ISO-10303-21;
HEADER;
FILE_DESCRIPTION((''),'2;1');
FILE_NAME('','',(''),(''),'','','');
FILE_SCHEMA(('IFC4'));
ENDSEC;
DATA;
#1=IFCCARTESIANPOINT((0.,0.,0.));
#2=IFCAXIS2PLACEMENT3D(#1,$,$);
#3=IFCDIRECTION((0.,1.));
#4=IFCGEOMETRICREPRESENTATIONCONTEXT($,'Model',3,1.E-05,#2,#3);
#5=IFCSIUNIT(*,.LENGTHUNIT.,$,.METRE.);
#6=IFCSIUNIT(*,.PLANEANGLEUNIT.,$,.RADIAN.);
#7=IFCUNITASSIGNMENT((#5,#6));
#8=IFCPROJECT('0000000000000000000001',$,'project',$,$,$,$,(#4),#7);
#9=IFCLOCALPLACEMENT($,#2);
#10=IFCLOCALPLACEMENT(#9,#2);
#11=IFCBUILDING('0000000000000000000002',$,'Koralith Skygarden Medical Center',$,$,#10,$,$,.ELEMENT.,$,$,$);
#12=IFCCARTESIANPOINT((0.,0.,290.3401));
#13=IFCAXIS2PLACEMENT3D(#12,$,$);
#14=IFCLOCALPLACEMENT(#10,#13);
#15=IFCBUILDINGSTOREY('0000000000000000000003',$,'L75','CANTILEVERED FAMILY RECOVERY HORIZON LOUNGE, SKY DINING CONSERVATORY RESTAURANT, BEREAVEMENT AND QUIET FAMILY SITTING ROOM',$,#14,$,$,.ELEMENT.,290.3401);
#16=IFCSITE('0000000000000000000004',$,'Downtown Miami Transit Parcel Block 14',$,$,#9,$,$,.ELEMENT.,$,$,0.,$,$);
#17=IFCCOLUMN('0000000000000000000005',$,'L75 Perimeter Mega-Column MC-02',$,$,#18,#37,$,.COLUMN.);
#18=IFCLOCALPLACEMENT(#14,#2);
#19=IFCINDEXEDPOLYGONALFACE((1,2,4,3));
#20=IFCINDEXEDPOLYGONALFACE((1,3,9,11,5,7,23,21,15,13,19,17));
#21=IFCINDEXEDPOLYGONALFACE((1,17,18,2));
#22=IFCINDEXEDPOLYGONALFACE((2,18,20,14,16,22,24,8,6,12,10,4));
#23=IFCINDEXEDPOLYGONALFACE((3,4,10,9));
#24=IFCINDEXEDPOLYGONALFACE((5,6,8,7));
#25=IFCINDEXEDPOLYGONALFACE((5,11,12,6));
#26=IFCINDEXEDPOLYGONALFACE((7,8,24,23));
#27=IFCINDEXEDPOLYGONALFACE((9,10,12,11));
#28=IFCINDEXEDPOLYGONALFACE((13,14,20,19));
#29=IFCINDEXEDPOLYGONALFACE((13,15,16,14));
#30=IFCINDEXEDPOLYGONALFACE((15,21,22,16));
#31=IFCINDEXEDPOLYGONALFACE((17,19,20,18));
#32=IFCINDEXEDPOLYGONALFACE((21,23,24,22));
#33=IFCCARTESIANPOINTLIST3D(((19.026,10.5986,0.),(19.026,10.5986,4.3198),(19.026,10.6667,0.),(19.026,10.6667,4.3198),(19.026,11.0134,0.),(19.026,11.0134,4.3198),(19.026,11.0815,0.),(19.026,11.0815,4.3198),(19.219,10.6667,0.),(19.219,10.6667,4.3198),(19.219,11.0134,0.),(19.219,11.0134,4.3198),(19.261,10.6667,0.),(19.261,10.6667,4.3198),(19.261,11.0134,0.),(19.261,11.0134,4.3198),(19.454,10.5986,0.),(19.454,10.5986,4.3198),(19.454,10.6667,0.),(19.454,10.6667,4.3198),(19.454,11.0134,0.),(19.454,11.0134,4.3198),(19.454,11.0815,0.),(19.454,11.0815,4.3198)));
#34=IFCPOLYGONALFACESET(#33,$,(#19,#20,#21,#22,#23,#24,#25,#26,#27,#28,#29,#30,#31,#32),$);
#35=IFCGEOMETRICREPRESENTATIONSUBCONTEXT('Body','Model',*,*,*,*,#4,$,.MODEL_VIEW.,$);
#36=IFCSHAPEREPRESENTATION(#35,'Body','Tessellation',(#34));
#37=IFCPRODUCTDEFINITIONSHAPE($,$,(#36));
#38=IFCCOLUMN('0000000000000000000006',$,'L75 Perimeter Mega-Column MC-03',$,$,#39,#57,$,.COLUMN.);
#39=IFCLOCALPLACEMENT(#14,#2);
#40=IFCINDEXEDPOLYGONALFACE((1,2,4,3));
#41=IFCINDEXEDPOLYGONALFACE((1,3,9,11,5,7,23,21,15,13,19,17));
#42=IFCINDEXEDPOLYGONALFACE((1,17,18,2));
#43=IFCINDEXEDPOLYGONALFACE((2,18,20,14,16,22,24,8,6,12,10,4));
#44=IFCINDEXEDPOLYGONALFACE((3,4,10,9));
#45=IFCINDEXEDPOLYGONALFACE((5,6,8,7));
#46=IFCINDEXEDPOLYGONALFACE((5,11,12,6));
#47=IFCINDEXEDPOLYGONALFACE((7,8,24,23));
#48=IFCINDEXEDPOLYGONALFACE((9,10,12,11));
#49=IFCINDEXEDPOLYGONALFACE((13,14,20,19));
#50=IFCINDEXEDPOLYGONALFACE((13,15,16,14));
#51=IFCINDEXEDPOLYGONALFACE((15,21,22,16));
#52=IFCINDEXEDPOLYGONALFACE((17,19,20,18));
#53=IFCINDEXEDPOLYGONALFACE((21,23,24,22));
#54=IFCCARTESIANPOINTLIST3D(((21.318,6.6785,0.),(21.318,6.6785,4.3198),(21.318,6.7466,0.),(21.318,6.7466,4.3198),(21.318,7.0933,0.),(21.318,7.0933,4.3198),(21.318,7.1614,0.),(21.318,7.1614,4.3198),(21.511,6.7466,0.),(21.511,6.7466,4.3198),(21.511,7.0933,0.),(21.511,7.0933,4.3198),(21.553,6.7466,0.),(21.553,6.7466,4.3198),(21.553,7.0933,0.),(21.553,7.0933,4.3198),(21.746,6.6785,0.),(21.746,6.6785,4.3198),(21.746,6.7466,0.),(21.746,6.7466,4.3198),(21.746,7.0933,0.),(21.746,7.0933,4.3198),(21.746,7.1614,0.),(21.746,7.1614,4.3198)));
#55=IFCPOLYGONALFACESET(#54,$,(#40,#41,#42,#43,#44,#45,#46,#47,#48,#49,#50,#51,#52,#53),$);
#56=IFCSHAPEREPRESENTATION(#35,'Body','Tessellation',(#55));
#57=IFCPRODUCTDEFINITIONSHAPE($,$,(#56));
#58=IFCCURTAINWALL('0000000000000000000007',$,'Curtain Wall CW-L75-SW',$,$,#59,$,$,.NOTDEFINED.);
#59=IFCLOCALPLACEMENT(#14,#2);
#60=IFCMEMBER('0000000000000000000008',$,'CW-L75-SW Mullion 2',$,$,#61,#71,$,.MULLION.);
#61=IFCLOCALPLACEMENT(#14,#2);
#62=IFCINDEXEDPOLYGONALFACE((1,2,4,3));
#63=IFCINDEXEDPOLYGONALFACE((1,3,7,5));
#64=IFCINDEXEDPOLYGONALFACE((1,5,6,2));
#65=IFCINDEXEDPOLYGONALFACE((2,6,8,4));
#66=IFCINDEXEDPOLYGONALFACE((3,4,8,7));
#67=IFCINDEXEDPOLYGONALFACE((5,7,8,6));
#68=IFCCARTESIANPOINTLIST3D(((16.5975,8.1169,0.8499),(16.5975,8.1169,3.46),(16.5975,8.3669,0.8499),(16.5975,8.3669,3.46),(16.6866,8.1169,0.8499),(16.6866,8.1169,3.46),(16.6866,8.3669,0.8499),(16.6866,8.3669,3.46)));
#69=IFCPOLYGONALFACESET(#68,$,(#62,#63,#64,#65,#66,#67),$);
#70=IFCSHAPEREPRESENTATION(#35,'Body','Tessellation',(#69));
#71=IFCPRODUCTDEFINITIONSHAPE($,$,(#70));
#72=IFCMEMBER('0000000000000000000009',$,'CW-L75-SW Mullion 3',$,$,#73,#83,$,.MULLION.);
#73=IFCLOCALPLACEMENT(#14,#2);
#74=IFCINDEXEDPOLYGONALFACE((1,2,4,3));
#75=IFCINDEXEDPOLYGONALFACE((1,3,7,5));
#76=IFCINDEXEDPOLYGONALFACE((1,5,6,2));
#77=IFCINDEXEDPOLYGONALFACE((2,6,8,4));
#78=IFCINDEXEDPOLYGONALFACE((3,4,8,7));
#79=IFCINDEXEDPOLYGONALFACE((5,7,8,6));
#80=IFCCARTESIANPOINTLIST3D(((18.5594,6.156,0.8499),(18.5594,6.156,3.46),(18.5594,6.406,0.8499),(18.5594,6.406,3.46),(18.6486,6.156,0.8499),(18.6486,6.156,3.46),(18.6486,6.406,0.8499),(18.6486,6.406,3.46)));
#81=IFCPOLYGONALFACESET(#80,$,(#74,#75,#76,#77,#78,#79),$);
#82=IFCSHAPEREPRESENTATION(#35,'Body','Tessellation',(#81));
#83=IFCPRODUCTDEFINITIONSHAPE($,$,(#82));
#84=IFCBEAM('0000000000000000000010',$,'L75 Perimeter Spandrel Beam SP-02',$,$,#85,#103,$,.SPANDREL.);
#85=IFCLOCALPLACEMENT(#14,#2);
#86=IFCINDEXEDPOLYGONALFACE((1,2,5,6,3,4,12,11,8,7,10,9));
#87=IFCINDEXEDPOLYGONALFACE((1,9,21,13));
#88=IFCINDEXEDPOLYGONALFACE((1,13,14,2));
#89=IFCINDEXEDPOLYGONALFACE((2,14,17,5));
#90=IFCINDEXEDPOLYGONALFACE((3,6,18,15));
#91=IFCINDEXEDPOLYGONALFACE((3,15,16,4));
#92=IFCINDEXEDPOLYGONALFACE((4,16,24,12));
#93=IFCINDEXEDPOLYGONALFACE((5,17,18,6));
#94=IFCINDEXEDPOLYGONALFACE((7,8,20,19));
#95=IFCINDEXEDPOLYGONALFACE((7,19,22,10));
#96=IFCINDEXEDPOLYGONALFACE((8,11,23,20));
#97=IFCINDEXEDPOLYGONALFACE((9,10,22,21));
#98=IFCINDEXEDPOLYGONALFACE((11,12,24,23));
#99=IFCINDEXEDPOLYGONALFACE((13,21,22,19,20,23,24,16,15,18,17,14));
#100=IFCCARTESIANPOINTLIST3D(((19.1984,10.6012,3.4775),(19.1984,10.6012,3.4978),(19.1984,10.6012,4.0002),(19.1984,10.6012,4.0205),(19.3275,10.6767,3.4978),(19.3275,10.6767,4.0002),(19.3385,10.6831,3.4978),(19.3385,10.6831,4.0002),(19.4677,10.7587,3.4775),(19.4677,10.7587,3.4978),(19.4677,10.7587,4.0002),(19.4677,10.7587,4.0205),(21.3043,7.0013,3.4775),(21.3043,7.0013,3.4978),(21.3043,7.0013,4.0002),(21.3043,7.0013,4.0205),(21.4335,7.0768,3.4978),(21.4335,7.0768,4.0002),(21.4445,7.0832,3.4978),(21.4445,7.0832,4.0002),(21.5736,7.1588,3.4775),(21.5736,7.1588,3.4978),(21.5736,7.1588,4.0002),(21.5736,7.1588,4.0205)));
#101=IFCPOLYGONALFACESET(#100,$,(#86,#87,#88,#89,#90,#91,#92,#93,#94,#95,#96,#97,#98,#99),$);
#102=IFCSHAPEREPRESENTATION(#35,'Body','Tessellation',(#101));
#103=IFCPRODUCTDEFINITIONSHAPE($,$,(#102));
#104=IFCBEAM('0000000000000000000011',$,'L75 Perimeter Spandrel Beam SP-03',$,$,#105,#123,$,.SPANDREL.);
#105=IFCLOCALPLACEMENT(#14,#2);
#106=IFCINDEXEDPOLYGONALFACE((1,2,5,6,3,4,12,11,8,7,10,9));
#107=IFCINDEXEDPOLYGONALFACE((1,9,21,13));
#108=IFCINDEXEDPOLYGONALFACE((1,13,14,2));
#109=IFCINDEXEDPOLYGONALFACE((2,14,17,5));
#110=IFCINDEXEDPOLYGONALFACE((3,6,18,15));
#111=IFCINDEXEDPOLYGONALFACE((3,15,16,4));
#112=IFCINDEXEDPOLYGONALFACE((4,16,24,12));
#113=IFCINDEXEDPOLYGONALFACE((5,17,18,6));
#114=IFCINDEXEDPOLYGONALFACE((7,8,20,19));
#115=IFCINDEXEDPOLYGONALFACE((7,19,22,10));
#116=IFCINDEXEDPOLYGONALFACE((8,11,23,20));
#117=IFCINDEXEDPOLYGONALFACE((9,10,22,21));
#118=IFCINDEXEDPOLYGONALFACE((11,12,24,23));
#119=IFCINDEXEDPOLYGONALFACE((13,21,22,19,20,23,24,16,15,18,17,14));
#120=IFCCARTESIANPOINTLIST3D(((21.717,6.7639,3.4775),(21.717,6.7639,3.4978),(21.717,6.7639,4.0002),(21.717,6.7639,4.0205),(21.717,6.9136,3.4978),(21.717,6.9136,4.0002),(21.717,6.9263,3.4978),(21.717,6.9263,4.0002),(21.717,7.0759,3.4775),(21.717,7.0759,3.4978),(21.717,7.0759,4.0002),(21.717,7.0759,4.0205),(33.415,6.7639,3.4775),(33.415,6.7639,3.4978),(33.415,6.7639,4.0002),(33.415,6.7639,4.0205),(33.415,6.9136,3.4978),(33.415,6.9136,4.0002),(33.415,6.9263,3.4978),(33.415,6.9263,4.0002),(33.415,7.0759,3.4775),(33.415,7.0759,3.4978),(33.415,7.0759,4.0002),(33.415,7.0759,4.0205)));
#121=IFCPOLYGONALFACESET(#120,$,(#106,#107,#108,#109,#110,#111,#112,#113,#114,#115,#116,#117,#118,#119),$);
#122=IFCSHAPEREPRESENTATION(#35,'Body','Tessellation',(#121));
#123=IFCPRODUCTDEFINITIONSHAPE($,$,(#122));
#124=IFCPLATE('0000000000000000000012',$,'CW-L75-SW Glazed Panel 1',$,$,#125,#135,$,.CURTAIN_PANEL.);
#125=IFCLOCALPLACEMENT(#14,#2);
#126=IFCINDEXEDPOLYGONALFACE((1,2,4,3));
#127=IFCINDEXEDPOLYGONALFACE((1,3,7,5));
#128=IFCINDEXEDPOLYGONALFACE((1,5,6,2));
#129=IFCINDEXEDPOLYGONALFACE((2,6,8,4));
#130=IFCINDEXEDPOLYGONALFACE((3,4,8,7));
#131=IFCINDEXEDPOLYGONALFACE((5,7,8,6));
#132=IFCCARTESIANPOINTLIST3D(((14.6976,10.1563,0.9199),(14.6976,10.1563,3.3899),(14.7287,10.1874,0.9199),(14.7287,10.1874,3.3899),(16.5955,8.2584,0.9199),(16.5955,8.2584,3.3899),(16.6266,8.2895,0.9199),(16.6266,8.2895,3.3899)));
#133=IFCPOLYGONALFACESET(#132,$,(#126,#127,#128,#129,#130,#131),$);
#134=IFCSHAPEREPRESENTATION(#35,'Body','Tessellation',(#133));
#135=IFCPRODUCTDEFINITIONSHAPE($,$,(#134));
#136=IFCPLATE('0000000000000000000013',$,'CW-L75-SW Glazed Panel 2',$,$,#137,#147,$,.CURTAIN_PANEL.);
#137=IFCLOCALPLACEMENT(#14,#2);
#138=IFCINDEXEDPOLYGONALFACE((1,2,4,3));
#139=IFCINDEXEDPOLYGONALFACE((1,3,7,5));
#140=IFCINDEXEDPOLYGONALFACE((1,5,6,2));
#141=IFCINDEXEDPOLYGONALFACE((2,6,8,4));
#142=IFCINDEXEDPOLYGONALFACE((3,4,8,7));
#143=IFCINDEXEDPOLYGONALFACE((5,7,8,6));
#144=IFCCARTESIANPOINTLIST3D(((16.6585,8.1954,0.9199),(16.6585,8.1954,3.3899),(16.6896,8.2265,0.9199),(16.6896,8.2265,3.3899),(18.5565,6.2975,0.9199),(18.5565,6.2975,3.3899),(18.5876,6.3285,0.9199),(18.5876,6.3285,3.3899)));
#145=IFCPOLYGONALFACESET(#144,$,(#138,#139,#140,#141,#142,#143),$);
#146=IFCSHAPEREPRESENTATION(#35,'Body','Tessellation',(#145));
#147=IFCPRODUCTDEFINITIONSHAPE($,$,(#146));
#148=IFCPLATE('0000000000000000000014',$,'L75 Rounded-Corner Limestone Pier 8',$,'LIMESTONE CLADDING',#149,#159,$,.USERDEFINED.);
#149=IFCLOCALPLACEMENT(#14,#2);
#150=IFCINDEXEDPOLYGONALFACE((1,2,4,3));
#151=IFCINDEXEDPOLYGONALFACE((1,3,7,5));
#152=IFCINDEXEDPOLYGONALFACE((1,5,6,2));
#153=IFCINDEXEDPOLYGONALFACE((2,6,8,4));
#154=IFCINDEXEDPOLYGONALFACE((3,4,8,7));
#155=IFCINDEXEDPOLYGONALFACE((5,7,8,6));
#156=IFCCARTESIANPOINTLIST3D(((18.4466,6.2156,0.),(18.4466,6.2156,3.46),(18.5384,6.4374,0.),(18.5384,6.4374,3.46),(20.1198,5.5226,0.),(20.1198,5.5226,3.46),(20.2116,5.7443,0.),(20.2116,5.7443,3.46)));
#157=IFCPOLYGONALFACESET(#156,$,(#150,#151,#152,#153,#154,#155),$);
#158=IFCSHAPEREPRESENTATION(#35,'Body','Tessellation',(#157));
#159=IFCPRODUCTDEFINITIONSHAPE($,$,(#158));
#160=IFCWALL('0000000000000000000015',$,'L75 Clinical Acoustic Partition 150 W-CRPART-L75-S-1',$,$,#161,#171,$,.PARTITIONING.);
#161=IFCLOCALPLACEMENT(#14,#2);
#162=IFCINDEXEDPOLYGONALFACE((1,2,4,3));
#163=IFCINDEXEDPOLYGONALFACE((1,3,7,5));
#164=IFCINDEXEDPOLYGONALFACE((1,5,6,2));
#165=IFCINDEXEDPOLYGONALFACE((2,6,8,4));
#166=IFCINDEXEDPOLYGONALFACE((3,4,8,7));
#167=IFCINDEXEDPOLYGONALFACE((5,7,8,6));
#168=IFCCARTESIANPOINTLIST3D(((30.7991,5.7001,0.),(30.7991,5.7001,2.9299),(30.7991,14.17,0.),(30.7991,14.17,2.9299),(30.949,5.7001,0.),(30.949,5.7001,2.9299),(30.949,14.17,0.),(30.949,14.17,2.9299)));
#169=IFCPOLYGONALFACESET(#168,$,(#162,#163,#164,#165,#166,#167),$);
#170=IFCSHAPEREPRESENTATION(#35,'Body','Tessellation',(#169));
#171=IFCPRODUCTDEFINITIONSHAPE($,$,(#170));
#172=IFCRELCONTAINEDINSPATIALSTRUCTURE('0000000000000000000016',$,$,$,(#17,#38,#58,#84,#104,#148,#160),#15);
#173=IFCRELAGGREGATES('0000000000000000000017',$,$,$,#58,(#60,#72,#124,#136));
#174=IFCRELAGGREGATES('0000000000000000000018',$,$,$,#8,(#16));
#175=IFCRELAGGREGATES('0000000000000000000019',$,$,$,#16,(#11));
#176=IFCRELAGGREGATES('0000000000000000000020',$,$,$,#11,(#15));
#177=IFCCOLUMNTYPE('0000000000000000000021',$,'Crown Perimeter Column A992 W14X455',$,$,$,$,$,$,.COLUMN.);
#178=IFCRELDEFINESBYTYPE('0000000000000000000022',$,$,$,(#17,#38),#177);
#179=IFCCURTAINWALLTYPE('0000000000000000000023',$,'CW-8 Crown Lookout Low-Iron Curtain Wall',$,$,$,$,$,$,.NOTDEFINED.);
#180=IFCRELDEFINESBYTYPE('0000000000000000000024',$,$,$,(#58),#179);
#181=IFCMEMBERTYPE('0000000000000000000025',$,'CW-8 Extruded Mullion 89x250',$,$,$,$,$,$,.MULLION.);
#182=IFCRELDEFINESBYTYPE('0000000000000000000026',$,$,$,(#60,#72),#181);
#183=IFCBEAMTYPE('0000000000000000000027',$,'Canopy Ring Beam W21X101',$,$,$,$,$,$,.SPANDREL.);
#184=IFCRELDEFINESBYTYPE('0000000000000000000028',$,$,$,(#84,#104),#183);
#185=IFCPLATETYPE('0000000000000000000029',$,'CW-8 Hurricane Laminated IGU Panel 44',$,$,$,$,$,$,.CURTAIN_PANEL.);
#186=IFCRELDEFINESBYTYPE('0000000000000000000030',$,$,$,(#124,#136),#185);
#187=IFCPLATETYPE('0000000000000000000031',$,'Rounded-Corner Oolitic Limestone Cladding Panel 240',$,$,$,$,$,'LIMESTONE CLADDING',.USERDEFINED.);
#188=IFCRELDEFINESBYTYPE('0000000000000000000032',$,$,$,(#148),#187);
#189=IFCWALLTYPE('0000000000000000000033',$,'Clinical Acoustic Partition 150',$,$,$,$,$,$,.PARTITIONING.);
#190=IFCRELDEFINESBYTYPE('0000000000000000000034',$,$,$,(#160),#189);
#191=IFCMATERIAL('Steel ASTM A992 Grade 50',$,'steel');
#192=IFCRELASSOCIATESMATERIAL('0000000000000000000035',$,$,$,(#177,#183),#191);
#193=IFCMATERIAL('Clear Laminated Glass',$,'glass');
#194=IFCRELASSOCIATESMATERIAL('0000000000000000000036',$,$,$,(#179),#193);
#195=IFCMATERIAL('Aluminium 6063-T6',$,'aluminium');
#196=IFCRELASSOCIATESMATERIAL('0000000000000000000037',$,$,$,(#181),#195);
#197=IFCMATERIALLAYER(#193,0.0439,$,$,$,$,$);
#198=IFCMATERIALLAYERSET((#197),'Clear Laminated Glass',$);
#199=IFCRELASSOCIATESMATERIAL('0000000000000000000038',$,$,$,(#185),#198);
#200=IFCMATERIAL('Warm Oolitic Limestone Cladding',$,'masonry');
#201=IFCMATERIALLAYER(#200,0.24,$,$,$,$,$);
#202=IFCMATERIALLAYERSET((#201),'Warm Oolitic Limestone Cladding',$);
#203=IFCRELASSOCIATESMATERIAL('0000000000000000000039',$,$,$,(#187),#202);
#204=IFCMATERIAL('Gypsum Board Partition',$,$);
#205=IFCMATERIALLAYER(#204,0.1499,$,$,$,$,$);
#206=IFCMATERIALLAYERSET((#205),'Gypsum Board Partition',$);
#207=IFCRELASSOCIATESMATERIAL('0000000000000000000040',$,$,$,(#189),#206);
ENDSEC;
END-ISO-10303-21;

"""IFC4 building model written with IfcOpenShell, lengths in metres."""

from ifc_helpers import new_model, si_unit, direction, frame, frame_2d, origin, origin_2d, place, context, subcontext, project, spatial, rectangle, i_section, extrude, material, layer, layer_set, material_profile, profile_set, type_object, element, aggregate, save


model = new_model("IFC4")

# Units and contexts
model_context = context("Model", 3, precision=1e-05, world=origin(), true_north=direction((0.0, 1.0)))
body_context = subcontext(model_context, "Body", "Model", "MODEL_VIEW")
ifc_project = project(units=[si_unit("LENGTHUNIT", "METRE"), si_unit("PLANEANGLEUNIT", "RADIAN")], contexts=[model_context])

# Site, building, storey
site_placement = place(None, origin())
site = spatial("IfcSite", under=ifc_project, at=site_placement, Name="Downtown Miami Transit Parcel Block 14", CompositionType="ELEMENT", RefElevation=0.0)
building_placement = place(site_placement, origin())
building = spatial("IfcBuilding", under=site, at=building_placement, Name="Koralith Skygarden Medical Center", CompositionType="ELEMENT")
storey_placement = place(building_placement, frame((0.0, 0.0, 290.3401)))
storey = spatial("IfcBuildingStorey", under=building, at=storey_placement, Name="L75", Description="CANTILEVERED FAMILY RECOVERY HORIZON LOUNGE, SKY DINING CONSERVATORY RESTAURANT, BEREAVEMENT AND QUIET FAMILY SITTING ROOM", CompositionType="ELEMENT", Elevation=290.3401)

# Columns
ifc_material_1 = material(Name="Steel ASTM A992 Grade 50", Category="steel")
ifc_material_profile_1 = material_profile(ifc_material_1, i_section(OverallWidth=0.428, OverallDepth=0.4829, WebThickness=0.042, FlangeThickness=0.0681, at=origin_2d()), Name="W14X455")
ifc_profile_set_1 = profile_set([ifc_material_profile_1], Name="Steel ASTM A992 Grade 50")
column_type = type_object("IfcColumnType", Name="Crown Perimeter Column A992 W14X455", PredefinedType="COLUMN", material=ifc_profile_set_1)
for number, where, z_axis, x_axis, name in (
    (1, (19.24, 10.8401, 0.0), (0.0, 0.0, 1.0), (1.0, 0.0, 0.0), "L75 Perimeter Mega-Column MC-02"),
    (2, (21.532, 6.9199, 0.0), (0.0, 0.0, 1.0), (1.0, 0.0, 0.0), "L75 Perimeter Mega-Column MC-03"),
):
    element("IfcColumn", number, at=place(storey_placement, frame(where, z_axis=z_axis, x_axis=x_axis)), inside=storey, type_object=column_type, Name=name, PredefinedType="COLUMN", context=body_context, shape_type="SweptSolid", body=[
        extrude(i_section(OverallWidth=0.428, OverallDepth=0.4829, WebThickness=0.042, FlangeThickness=0.0681, at=origin_2d()), origin(), (0.0, 0.0, 1.0), 4.3198),
    ])

# Curtain wall, members
ifc_material_2 = material(Name="Clear Laminated Glass", Category="glass")
curtain_wall_type = type_object("IfcCurtainWallType", Name="CW-8 Crown Lookout Low-Iron Curtain Wall", PredefinedType="NOTDEFINED", material=ifc_material_2)
curtain_wall_placement = place(storey_placement, origin())
curtain_wall = element("IfcCurtainWall", 3, at=curtain_wall_placement, inside=storey, type_object=curtain_wall_type, Name="Curtain Wall CW-L75-SW", PredefinedType="NOTDEFINED")
ifc_material_3 = material(Name="Aluminium 6063-T6", Category="aluminium")
ifc_material_profile_2 = material_profile(ifc_material_3, rectangle(XDim=0.0891, YDim=0.25, at=origin_2d()), Name="MUL89X250")
ifc_profile_set_2 = profile_set([ifc_material_profile_2], Name="Aluminium 6063-T6")
member_type = type_object("IfcMemberType", Name="CW-8 Extruded Mullion 89x250", PredefinedType="MULLION", material=ifc_profile_set_2)
member_1_placement = place(storey_placement, frame((16.6421, 8.2419, 0.8499), z_axis=(0.0, 0.0, 1.0), x_axis=(1.0, 0.0, 0.0)))
member_1 = element("IfcMember", 4, at=member_1_placement, type_object=member_type, Name="CW-L75-SW Mullion 2", PredefinedType="MULLION", context=body_context, shape_type="SweptSolid", body=[
    extrude(rectangle(XDim=0.0891, YDim=0.25, at=origin_2d()), origin(), (0.0, 0.0, 1.0), 2.6101),
])
member_2_placement = place(storey_placement, frame((18.604, 6.281, 0.8499), z_axis=(0.0, 0.0, 1.0), x_axis=(1.0, 0.0, 0.0)))
member_2 = element("IfcMember", 5, at=member_2_placement, type_object=member_type, Name="CW-L75-SW Mullion 3", PredefinedType="MULLION", context=body_context, shape_type="SweptSolid", body=[
    extrude(rectangle(XDim=0.0891, YDim=0.25, at=origin_2d()), origin(), (0.0, 0.0, 1.0), 2.6101),
])

# Beams
ifc_material_profile_3 = material_profile(ifc_material_1, i_section(OverallWidth=0.312, OverallDepth=0.543, WebThickness=0.0127, FlangeThickness=0.0203, at=origin_2d()), Name="W21X101")
ifc_profile_set_3 = profile_set([ifc_material_profile_3], Name="Steel ASTM A992 Grade 50")
beam_type = type_object("IfcBeamType", Name="Canopy Ring Beam W21X101", PredefinedType="SPANDREL", material=ifc_profile_set_3)
beam_1_placement = place(storey_placement, frame((19.333, 10.6799, 3.749), z_axis=(0.504952, -0.863148, 0.0), x_axis=(0.863148, 0.504952, 0.0)))
element("IfcBeam", 6, at=beam_1_placement, inside=storey, type_object=beam_type, Name="L75 Perimeter Spandrel Beam SP-02", PredefinedType="SPANDREL", context=body_context, shape_type="SweptSolid", body=[
    extrude(i_section(OverallWidth=0.312, OverallDepth=0.543, WebThickness=0.0127, FlangeThickness=0.0203, at=origin_2d()), origin(), (0.0, 0.0, 1.0), 4.1707),
])
beam_2_placement = place(storey_placement, frame((21.717, 6.9199, 3.749), z_axis=(1.0, 0.0, 0.0), x_axis=(0.0, 1.0, 0.0)))
element("IfcBeam", 7, at=beam_2_placement, inside=storey, type_object=beam_type, Name="L75 Perimeter Spandrel Beam SP-03", PredefinedType="SPANDREL", context=body_context, shape_type="SweptSolid", body=[
    extrude(i_section(OverallWidth=0.312, OverallDepth=0.543, WebThickness=0.0127, FlangeThickness=0.0203, at=origin_2d()), origin(), (0.0, 0.0, 1.0), 11.698),
])

# Plates
ifc_layer_1 = layer(ifc_material_2, 0.0439)
ifc_layer_set_1 = layer_set([ifc_layer_1], Name="Clear Laminated Glass")
plate_type_1 = type_object("IfcPlateType", Name="CW-8 Hurricane Laminated IGU Panel 44", PredefinedType="CURTAIN_PANEL", material=ifc_layer_set_1)
plate_1_placement = place(storey_placement, frame((15.6621, 9.2229, 0.9199), z_axis=(0.0, 0.0, 1.0), x_axis=(0.707107, -0.707107, 0.0)))
plate_1 = element("IfcPlate", 8, at=plate_1_placement, type_object=plate_type_1, Name="CW-L75-SW Glazed Panel 1", PredefinedType="CURTAIN_PANEL", context=body_context, shape_type="SweptSolid", body=[
    extrude(rectangle(XDim=2.6841, YDim=0.0439, at=origin_2d()), origin(), (0.0, 0.0, 1.0), 2.47),
])
plate_2_placement = place(storey_placement, frame((17.623, 7.262, 0.9199), z_axis=(0.0, 0.0, 1.0), x_axis=(0.707107, -0.707107, 0.0)))
plate_2 = element("IfcPlate", 9, at=plate_2_placement, type_object=plate_type_1, Name="CW-L75-SW Glazed Panel 2", PredefinedType="CURTAIN_PANEL", context=body_context, shape_type="SweptSolid", body=[
    extrude(rectangle(XDim=2.6841, YDim=0.0439, at=origin_2d()), origin(), (0.0, 0.0, 1.0), 2.47),
])
aggregate(curtain_wall, [member_1, member_2, plate_1, plate_2])
ifc_material_4 = material(Name="Warm Oolitic Limestone Cladding", Category="masonry")
ifc_layer_2 = layer(ifc_material_4, 0.24)
ifc_layer_set_2 = layer_set([ifc_layer_2], Name="Warm Oolitic Limestone Cladding")
plate_type_2 = type_object("IfcPlateType", Name="Rounded-Corner Oolitic Limestone Cladding Panel 240", ElementType="LIMESTONE CLADDING", PredefinedType="USERDEFINED", material=ifc_layer_set_2)
plate_3_placement = place(storey_placement, frame((19.3291, 5.98, 0.0), z_axis=(0.0, 0.0, 1.0), x_axis=(0.923885, -0.382671, 0.0)))
element("IfcPlate", 10, at=plate_3_placement, inside=storey, type_object=plate_type_2, Name="L75 Rounded-Corner Limestone Pier 8", ObjectType="LIMESTONE CLADDING", PredefinedType="USERDEFINED", context=body_context, shape_type="SweptSolid", body=[
    extrude(rectangle(XDim=1.811, YDim=0.24, at=origin_2d()), origin(), (0.0, 0.0, 1.0), 3.46),
])

# Wall
ifc_material_5 = material(Name="Gypsum Board Partition")
ifc_layer_3 = layer(ifc_material_5, 0.1499)
ifc_layer_set_3 = layer_set([ifc_layer_3], Name="Gypsum Board Partition")
wall_type_1 = type_object("IfcWallType", Name="Clinical Acoustic Partition 150", PredefinedType="PARTITIONING", material=ifc_layer_set_3)
wall_1_placement = place(storey_placement, frame((30.874, 14.1699, 0.0), z_axis=(0.0, 0.0, 1.0), x_axis=(0.0, -1.0, 0.0)))
element("IfcWall", 11, at=wall_1_placement, inside=storey, type_object=wall_type_1, Name="L75 Clinical Acoustic Partition 150 W-CRPART-L75-S-1", PredefinedType="PARTITIONING", context=body_context, shape_type="SweptSolid", body=[
    extrude(rectangle(XDim=8.47, YDim=0.1499, at=frame_2d((4.2349, 0.0))), origin(), (0.0, 0.0, 1.0), 2.9299),
])

save(model, "model.ifc")
